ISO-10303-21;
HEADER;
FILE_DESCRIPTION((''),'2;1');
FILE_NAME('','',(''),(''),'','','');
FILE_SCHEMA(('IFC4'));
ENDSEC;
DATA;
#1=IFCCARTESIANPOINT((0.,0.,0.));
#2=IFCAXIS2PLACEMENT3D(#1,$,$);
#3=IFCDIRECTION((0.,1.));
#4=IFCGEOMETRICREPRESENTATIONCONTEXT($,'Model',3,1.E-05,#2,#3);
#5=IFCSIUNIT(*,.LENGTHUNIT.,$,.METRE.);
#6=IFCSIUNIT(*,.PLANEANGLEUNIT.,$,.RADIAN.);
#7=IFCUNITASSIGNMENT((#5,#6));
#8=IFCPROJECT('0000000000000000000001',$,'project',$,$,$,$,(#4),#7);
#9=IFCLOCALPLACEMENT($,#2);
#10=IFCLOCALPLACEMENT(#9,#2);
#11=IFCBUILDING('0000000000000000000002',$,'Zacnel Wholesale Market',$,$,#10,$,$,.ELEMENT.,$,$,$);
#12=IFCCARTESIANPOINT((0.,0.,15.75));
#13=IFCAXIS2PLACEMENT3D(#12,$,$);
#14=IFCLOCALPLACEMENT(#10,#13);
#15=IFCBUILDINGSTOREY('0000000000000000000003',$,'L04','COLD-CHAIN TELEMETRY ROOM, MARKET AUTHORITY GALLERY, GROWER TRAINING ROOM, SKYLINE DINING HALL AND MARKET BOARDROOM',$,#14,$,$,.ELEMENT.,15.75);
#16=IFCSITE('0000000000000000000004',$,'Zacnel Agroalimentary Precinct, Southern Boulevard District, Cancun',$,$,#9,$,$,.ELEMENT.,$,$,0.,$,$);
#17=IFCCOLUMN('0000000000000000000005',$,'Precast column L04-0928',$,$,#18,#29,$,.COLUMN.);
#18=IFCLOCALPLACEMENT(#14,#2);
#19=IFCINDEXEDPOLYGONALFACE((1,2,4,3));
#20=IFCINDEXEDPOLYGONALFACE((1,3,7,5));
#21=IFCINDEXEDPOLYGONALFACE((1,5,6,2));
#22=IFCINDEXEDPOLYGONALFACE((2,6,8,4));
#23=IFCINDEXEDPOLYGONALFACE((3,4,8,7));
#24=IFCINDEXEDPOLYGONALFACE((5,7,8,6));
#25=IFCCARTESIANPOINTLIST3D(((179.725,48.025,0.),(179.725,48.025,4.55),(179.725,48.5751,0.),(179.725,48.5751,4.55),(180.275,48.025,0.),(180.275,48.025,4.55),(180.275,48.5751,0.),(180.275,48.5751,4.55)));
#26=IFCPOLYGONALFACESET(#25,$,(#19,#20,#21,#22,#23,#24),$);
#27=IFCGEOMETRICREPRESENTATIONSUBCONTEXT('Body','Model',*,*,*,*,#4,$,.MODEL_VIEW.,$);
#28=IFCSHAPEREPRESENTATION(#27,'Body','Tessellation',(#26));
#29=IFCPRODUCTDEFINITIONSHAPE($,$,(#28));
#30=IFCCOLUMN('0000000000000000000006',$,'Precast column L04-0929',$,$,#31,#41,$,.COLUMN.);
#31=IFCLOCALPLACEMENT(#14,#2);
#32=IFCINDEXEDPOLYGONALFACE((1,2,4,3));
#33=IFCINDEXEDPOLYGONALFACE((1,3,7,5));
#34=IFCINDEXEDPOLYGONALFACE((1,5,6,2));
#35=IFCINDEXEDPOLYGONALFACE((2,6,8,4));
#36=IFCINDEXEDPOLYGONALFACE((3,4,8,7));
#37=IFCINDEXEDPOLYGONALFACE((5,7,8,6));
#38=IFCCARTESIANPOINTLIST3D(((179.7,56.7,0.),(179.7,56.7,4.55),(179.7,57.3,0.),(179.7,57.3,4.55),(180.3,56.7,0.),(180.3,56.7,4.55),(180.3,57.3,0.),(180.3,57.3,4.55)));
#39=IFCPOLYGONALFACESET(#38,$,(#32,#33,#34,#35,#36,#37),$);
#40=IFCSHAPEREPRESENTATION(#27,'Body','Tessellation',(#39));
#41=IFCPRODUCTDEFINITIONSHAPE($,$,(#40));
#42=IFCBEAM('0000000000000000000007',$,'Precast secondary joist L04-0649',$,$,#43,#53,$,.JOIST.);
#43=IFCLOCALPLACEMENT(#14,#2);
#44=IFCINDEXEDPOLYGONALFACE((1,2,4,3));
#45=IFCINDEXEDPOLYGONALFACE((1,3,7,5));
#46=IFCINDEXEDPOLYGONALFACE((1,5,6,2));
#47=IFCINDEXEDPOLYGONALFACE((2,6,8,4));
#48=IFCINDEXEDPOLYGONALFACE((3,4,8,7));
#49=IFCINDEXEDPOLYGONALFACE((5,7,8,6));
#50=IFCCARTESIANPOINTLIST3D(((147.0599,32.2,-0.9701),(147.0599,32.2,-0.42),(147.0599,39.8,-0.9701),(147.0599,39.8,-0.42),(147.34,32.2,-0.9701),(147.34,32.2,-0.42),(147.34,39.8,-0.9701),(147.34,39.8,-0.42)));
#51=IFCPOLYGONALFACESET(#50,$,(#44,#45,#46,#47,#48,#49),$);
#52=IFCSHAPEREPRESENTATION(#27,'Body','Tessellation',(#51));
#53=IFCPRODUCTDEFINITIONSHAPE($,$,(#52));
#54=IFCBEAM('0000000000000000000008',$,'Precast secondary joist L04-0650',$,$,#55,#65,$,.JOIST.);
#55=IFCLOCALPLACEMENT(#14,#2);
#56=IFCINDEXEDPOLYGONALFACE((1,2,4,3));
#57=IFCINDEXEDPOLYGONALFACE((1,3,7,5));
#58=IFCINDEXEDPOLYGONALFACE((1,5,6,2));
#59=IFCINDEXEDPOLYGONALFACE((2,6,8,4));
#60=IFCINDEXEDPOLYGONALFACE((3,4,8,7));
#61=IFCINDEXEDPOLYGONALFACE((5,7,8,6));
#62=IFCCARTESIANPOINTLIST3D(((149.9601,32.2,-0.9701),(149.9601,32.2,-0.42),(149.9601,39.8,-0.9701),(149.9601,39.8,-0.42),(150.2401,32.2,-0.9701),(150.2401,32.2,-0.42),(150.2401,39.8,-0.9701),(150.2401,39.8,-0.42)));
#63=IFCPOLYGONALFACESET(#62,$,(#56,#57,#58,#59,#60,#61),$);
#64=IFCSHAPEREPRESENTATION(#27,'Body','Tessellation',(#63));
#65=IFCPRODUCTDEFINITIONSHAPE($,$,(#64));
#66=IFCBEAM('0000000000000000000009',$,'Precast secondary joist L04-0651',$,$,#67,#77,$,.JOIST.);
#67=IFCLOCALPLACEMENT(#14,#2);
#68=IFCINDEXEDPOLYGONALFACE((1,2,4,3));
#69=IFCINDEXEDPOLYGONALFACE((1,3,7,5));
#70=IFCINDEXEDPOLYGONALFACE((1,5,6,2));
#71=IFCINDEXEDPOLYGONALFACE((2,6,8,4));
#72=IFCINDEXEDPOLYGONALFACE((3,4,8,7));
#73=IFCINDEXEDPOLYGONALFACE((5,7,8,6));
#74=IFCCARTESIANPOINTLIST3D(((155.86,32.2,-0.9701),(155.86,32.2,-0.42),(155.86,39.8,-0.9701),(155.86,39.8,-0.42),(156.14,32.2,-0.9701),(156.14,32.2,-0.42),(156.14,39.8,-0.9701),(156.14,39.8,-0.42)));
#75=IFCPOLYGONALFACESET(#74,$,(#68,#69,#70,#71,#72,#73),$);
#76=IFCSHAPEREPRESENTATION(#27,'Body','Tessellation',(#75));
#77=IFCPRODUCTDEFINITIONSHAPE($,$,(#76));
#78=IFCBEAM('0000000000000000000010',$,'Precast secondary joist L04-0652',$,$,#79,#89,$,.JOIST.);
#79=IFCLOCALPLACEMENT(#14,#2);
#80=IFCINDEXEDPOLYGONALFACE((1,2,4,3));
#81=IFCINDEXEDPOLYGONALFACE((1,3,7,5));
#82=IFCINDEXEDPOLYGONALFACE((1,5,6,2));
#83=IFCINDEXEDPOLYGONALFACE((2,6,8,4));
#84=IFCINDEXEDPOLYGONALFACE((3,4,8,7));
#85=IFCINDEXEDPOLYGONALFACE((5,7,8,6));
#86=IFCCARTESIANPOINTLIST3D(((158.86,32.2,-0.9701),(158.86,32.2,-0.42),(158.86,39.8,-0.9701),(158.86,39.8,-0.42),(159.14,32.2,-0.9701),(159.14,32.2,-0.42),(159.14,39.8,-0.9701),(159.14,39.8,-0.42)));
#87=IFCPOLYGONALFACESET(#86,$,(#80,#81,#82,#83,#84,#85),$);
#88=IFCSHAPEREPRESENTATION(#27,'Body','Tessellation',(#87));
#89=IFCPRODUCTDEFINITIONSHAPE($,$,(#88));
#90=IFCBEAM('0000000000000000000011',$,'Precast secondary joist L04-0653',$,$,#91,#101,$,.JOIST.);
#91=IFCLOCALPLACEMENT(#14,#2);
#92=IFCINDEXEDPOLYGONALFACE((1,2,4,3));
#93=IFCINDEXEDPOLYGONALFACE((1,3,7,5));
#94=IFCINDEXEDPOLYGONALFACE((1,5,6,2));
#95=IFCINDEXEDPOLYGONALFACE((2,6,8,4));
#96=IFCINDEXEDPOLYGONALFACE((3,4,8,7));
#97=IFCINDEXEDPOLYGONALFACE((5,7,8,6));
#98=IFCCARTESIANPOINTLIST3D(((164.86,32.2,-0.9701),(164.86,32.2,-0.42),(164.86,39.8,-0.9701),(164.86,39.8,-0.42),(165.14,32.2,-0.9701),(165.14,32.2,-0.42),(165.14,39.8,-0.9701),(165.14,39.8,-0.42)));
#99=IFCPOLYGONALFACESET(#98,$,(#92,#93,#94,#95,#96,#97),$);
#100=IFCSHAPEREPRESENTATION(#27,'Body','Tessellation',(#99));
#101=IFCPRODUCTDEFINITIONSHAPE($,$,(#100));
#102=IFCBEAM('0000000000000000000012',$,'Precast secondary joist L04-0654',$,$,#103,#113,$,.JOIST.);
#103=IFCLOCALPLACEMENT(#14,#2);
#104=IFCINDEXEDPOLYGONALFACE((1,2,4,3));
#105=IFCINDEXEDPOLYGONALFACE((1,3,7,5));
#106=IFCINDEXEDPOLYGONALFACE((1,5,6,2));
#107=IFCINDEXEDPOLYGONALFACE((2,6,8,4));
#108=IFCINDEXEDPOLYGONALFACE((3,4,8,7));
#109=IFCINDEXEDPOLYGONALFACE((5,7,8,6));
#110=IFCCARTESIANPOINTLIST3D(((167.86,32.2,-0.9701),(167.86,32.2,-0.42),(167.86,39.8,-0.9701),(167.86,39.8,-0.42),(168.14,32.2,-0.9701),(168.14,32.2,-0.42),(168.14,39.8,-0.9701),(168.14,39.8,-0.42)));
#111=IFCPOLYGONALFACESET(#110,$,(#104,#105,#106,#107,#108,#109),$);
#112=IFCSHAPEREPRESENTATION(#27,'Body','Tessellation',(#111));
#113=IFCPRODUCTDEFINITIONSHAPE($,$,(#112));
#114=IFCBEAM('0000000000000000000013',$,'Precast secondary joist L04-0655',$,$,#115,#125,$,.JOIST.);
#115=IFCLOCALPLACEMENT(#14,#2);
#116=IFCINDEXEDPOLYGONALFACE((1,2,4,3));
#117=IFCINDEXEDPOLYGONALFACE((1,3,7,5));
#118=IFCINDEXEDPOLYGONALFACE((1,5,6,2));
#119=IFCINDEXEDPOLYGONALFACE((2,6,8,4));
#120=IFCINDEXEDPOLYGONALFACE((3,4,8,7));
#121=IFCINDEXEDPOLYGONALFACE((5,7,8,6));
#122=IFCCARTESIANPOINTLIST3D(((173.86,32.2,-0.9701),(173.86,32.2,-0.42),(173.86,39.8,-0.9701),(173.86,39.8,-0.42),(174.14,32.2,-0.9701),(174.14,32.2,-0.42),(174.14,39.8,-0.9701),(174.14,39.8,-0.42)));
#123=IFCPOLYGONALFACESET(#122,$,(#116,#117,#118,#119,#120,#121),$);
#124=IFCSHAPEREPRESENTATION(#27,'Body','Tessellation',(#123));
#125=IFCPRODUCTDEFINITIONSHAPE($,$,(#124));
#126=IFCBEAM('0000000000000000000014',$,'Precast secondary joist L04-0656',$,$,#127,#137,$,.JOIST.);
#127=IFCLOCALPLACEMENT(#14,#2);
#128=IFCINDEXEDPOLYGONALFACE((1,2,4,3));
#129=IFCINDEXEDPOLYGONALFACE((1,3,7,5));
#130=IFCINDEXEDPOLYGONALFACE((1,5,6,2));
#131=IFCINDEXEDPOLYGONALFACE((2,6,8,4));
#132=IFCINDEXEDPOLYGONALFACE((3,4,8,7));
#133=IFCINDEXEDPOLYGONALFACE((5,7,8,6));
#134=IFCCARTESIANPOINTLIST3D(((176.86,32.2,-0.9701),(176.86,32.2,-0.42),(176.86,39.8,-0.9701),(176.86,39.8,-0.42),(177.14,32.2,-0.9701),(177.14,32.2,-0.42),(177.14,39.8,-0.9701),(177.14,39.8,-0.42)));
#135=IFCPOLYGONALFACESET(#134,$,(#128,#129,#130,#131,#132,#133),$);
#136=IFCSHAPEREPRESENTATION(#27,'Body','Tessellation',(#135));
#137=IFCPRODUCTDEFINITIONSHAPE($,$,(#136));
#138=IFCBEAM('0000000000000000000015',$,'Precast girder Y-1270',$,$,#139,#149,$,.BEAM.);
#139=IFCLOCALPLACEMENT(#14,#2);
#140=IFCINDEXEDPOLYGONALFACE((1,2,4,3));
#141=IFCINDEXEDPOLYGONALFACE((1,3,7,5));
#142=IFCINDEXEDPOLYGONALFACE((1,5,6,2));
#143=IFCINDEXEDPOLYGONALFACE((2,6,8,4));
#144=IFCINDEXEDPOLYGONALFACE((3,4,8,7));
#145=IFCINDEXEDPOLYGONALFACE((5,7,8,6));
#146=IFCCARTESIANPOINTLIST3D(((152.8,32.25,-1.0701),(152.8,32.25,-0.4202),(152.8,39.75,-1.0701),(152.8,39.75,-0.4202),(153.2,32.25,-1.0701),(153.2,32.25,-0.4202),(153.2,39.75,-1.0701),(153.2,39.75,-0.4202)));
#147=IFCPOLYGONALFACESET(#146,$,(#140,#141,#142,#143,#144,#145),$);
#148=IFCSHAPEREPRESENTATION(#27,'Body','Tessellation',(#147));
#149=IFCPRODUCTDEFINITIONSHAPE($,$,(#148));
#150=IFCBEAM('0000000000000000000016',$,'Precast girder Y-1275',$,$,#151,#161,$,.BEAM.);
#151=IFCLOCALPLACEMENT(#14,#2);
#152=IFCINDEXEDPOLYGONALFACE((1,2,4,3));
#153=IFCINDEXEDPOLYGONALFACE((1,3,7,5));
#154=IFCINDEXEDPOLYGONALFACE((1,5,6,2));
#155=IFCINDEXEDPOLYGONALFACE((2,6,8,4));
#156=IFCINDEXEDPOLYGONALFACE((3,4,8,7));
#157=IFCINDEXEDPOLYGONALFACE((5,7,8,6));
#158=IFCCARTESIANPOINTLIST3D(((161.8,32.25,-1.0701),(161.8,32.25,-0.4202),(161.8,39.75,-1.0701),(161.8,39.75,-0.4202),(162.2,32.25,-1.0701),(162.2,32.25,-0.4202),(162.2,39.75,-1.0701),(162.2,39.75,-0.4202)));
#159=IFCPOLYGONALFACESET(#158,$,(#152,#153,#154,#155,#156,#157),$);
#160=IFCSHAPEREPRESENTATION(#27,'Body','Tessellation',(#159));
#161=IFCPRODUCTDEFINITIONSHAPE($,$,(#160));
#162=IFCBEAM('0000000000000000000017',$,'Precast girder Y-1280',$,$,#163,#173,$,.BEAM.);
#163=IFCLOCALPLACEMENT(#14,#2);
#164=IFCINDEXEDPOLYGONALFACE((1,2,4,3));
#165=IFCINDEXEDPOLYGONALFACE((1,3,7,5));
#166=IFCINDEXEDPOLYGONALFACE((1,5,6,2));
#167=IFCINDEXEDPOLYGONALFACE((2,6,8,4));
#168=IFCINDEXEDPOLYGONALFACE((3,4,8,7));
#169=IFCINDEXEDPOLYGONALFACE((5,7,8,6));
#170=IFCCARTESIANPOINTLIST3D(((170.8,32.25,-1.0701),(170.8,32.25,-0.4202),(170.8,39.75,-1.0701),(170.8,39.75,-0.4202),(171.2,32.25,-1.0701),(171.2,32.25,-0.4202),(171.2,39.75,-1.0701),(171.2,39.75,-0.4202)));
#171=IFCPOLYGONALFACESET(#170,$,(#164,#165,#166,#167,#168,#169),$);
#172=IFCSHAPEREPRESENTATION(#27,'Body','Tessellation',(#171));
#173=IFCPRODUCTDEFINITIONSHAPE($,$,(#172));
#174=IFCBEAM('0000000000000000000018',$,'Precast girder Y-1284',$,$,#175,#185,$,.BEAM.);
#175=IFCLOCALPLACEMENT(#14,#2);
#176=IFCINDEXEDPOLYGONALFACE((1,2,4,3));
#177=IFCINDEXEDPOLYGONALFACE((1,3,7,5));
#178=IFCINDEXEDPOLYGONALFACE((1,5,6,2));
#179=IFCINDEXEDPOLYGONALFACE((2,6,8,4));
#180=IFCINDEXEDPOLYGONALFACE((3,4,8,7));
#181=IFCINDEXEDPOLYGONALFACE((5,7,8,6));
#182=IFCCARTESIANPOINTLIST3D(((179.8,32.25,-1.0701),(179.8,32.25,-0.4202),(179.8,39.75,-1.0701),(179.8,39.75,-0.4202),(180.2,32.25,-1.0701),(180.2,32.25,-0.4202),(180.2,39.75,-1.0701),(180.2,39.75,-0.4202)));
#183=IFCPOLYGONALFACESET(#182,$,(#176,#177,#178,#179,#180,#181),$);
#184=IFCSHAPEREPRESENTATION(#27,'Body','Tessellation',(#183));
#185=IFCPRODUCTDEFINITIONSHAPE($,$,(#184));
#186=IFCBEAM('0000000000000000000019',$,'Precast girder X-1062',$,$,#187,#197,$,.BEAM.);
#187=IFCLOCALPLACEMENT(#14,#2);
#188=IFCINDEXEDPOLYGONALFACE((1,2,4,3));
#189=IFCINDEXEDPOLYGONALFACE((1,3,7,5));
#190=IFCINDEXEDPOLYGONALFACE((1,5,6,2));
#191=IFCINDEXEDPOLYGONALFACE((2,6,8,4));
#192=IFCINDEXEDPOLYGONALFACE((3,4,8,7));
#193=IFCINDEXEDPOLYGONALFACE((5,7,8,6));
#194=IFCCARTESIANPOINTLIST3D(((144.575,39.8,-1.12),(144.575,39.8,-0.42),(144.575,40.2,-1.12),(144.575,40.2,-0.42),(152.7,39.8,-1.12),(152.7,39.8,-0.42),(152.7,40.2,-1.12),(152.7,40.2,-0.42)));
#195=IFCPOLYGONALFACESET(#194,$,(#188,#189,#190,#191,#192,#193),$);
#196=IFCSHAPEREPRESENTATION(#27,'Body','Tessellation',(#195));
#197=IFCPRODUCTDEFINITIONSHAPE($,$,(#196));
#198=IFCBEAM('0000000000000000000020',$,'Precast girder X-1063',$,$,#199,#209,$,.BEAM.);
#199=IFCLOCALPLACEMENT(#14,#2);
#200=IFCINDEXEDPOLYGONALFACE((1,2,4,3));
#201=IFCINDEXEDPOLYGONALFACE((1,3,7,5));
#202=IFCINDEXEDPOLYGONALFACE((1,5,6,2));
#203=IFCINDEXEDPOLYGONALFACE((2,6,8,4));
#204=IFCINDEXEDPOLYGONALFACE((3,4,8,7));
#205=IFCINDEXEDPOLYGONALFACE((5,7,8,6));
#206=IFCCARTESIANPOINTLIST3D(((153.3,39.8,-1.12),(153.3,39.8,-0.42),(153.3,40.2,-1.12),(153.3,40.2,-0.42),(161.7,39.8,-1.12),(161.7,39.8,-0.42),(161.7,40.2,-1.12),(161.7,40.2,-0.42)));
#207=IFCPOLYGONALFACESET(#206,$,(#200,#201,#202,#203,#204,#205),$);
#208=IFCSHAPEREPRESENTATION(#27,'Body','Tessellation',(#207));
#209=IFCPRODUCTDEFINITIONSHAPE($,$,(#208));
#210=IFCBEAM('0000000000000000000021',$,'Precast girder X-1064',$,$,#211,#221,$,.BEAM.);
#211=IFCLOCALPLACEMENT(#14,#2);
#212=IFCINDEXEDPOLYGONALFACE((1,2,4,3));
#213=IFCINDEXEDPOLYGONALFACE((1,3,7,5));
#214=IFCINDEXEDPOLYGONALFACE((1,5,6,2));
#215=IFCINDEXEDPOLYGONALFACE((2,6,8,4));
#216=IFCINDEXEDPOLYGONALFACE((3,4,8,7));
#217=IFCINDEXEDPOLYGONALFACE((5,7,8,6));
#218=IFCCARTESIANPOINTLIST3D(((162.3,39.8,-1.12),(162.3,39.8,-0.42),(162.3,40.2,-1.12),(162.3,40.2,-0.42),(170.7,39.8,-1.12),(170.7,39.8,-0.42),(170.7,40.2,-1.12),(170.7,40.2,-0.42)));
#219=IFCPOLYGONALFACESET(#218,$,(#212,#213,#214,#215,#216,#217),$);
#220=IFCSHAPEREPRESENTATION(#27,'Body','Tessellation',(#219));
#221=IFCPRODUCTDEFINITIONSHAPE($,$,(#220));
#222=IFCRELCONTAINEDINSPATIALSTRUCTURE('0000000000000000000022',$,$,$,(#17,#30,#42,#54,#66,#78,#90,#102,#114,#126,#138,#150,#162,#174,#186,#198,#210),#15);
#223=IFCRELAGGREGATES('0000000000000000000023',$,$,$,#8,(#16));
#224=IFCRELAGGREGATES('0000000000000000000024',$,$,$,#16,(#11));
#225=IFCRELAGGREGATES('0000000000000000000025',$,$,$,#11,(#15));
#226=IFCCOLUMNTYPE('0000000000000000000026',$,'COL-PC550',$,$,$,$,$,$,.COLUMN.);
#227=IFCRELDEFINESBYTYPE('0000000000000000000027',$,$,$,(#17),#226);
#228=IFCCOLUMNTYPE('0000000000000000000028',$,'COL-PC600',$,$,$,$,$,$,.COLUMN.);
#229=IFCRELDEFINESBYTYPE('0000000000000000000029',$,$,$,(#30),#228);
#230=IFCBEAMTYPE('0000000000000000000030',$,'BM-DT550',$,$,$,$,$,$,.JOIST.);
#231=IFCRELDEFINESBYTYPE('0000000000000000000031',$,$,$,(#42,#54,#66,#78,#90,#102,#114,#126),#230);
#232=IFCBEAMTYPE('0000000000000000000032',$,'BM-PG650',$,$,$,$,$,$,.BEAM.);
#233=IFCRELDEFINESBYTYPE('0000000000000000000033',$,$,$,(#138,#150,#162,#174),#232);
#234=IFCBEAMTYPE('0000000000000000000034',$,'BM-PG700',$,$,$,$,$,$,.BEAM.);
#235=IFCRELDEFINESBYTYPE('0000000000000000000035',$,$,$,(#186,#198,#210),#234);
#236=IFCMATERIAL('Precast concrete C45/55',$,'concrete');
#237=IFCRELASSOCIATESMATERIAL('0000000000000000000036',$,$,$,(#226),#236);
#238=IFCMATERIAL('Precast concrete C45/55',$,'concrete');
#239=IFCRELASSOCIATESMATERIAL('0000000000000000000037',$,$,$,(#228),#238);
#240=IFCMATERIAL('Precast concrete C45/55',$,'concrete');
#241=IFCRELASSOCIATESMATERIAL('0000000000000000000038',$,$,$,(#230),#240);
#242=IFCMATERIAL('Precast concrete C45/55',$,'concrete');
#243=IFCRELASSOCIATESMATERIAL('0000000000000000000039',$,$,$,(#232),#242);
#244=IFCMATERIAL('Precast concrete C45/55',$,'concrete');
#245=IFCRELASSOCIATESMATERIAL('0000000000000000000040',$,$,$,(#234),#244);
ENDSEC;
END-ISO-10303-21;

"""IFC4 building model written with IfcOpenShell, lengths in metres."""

from ifc_helpers import new_model, si_unit, direction, frame, origin, origin_2d, place, context, subcontext, project, spatial, rectangle, extrude, material, material_profile, profile_set, type_object, element, save


model = new_model("IFC4")

# Units and contexts
model_context = context("Model", 3, precision=1e-05, world=origin(), true_north=direction((0.0, 1.0)))
body_context = subcontext(model_context, "Body", "Model", "MODEL_VIEW")
ifc_project = project(units=[si_unit("LENGTHUNIT", "METRE"), si_unit("PLANEANGLEUNIT", "RADIAN")], contexts=[model_context])

# Site, building, storey
site_placement = place(None, origin())
site = spatial("IfcSite", under=ifc_project, at=site_placement, Name="Zacnel Agroalimentary Precinct, Southern Boulevard District, Cancun", CompositionType="ELEMENT", RefElevation=0.0)
building_placement = place(site_placement, origin())
building = spatial("IfcBuilding", under=site, at=building_placement, Name="Zacnel Wholesale Market", CompositionType="ELEMENT")
storey_placement = place(building_placement, frame((0.0, 0.0, 15.75)))
storey = spatial("IfcBuildingStorey", under=building, at=storey_placement, Name="L04", Description="COLD-CHAIN TELEMETRY ROOM, MARKET AUTHORITY GALLERY, GROWER TRAINING ROOM, SKYLINE DINING HALL AND MARKET BOARDROOM", CompositionType="ELEMENT", Elevation=15.75)

# Columns
ifc_material_1 = material(Name="Precast concrete C45/55", Category="concrete")
ifc_material_profile_1 = material_profile(ifc_material_1, rectangle(XDim=0.55, YDim=0.55, at=origin_2d()), Name="PC 550x550")
ifc_profile_set_1 = profile_set([ifc_material_profile_1], Name="Precast concrete C45/55")
column_type_1 = type_object("IfcColumnType", Name="COL-PC550", PredefinedType="COLUMN", material=ifc_profile_set_1)
column_1_placement = place(storey_placement, frame((180.0, 48.3, 0.0), z_axis=(0.0, 0.0, 1.0), x_axis=(1.0, 0.0, 0.0)))
element("IfcColumn", 1, at=column_1_placement, inside=storey, type_object=column_type_1, Name="Precast column L04-0928", PredefinedType="COLUMN", context=body_context, shape_type="SweptSolid", body=[
    extrude(rectangle(XDim=0.55, YDim=0.55, at=origin_2d()), origin(), (0.0, 0.0, 1.0), 4.55),
])
ifc_material_2 = material(Name="Precast concrete C45/55", Category="concrete")
ifc_material_profile_2 = material_profile(ifc_material_2, rectangle(XDim=0.6001, YDim=0.6001, at=origin_2d()), Name="PC 600x600")
ifc_profile_set_2 = profile_set([ifc_material_profile_2], Name="Precast concrete C45/55")
column_type_2 = type_object("IfcColumnType", Name="COL-PC600", PredefinedType="COLUMN", material=ifc_profile_set_2)
column_2_placement = place(storey_placement, frame((180.0, 57.0, 0.0), z_axis=(0.0, 0.0, 1.0), x_axis=(1.0, 0.0, 0.0)))
element("IfcColumn", 2, at=column_2_placement, inside=storey, type_object=column_type_2, Name="Precast column L04-0929", PredefinedType="COLUMN", context=body_context, shape_type="SweptSolid", body=[
    extrude(rectangle(XDim=0.6001, YDim=0.6001, at=origin_2d()), origin(), (0.0, 0.0, 1.0), 4.55),
])

# Beams
ifc_material_3 = material(Name="Precast concrete C45/55", Category="concrete")
ifc_material_profile_3 = material_profile(ifc_material_3, rectangle(XDim=0.28, YDim=0.55, at=origin_2d()), Name="DT RIB 280x550")
ifc_profile_set_3 = profile_set([ifc_material_profile_3], Name="Precast concrete C45/55")
beam_type_1 = type_object("IfcBeamType", Name="BM-DT550", PredefinedType="JOIST", material=ifc_profile_set_3)
for number, where, z_axis, x_axis, name in (
    (3, (147.2, 32.2, -0.6951), (0.0, 1.0, 0.0), (-1.0, 0.0, 0.0), "Precast secondary joist L04-0649"),
    (4, (150.1001, 32.2, -0.6951), (0.0, 1.0, 0.0), (-1.0, 0.0, 0.0), "Precast secondary joist L04-0650"),
    (5, (156.0, 32.2, -0.6951), (0.0, 1.0, 0.0), (-1.0, 0.0, 0.0), "Precast secondary joist L04-0651"),
    (6, (159.0, 32.2, -0.6951), (0.0, 1.0, 0.0), (-1.0, 0.0, 0.0), "Precast secondary joist L04-0652"),
    (7, (165.0, 32.2, -0.6951), (0.0, 1.0, 0.0), (-1.0, 0.0, 0.0), "Precast secondary joist L04-0653"),
    (8, (168.0, 32.2, -0.6951), (0.0, 1.0, 0.0), (-1.0, 0.0, 0.0), "Precast secondary joist L04-0654"),
    (9, (174.0, 32.2, -0.6951), (0.0, 1.0, 0.0), (-1.0, 0.0, 0.0), "Precast secondary joist L04-0655"),
    (10, (177.0, 32.2, -0.6951), (0.0, 1.0, 0.0), (-1.0, 0.0, 0.0), "Precast secondary joist L04-0656"),
):
    element("IfcBeam", number, at=place(storey_placement, frame(where, z_axis=z_axis, x_axis=x_axis)), inside=storey, type_object=beam_type_1, Name=name, PredefinedType="JOIST", context=body_context, shape_type="SweptSolid", body=[
        extrude(rectangle(XDim=0.28, YDim=0.55, at=origin_2d()), origin(), (0.0, 0.0, 1.0), 7.6001),
    ])
ifc_material_4 = material(Name="Precast concrete C45/55", Category="concrete")
ifc_material_profile_4 = material_profile(ifc_material_4, rectangle(XDim=0.3999, YDim=0.6499, at=origin_2d()), Name="PG 400x650")
ifc_profile_set_4 = profile_set([ifc_material_profile_4], Name="Precast concrete C45/55")
beam_type_2 = type_object("IfcBeamType", Name="BM-PG650", PredefinedType="BEAM", material=ifc_profile_set_4)
for number, where, z_axis, x_axis, name in (
    (11, (153.0, 32.25, -0.7451), (0.0, 1.0, 0.0), (-1.0, 0.0, 0.0), "Precast girder Y-1270"),
    (12, (162.0, 32.25, -0.7451), (0.0, 1.0, 0.0), (-1.0, 0.0, 0.0), "Precast girder Y-1275"),
    (13, (171.0, 32.25, -0.7451), (0.0, 1.0, 0.0), (-1.0, 0.0, 0.0), "Precast girder Y-1280"),
    (14, (180.0, 32.25, -0.7451), (0.0, 1.0, 0.0), (-1.0, 0.0, 0.0), "Precast girder Y-1284"),
):
    element("IfcBeam", number, at=place(storey_placement, frame(where, z_axis=z_axis, x_axis=x_axis)), inside=storey, type_object=beam_type_2, Name=name, PredefinedType="BEAM", context=body_context, shape_type="SweptSolid", body=[
        extrude(rectangle(XDim=0.3999, YDim=0.6499, at=origin_2d()), origin(), (0.0, 0.0, 1.0), 7.5),
    ])
ifc_material_5 = material(Name="Precast concrete C45/55", Category="concrete")
ifc_material_profile_5 = material_profile(ifc_material_5, rectangle(XDim=0.3999, YDim=0.7, at=origin_2d()), Name="PG 400x700")
ifc_profile_set_5 = profile_set([ifc_material_profile_5], Name="Precast concrete C45/55")
beam_type_3 = type_object("IfcBeamType", Name="BM-PG700", PredefinedType="BEAM", material=ifc_profile_set_5)
beam_1_placement = place(storey_placement, frame((144.575, 40.0, -0.77), z_axis=(1.0, 0.0, 0.0), x_axis=(0.0, 1.0, 0.0)))
element("IfcBeam", 15, at=beam_1_placement, inside=storey, type_object=beam_type_3, Name="Precast girder X-1062", PredefinedType="BEAM", context=body_context, shape_type="SweptSolid", body=[
    extrude(rectangle(XDim=0.3999, YDim=0.7, at=origin_2d()), origin(), (0.0, 0.0, 1.0), 8.125),
])
for number, where, z_axis, x_axis, name in (
    (16, (153.3, 40.0, -0.77), (1.0, 0.0, 0.0), (0.0, 1.0, 0.0), "Precast girder X-1063"),
    (17, (162.3, 40.0, -0.77), (1.0, 0.0, 0.0), (0.0, 1.0, 0.0), "Precast girder X-1064"),
):
    element("IfcBeam", number, at=place(storey_placement, frame(where, z_axis=z_axis, x_axis=x_axis)), inside=storey, type_object=beam_type_3, Name=name, PredefinedType="BEAM", context=body_context, shape_type="SweptSolid", body=[
        extrude(rectangle(XDim=0.3999, YDim=0.7, at=origin_2d()), origin(), (0.0, 0.0, 1.0), 8.3999),
    ])

save(model, "model.ifc")
